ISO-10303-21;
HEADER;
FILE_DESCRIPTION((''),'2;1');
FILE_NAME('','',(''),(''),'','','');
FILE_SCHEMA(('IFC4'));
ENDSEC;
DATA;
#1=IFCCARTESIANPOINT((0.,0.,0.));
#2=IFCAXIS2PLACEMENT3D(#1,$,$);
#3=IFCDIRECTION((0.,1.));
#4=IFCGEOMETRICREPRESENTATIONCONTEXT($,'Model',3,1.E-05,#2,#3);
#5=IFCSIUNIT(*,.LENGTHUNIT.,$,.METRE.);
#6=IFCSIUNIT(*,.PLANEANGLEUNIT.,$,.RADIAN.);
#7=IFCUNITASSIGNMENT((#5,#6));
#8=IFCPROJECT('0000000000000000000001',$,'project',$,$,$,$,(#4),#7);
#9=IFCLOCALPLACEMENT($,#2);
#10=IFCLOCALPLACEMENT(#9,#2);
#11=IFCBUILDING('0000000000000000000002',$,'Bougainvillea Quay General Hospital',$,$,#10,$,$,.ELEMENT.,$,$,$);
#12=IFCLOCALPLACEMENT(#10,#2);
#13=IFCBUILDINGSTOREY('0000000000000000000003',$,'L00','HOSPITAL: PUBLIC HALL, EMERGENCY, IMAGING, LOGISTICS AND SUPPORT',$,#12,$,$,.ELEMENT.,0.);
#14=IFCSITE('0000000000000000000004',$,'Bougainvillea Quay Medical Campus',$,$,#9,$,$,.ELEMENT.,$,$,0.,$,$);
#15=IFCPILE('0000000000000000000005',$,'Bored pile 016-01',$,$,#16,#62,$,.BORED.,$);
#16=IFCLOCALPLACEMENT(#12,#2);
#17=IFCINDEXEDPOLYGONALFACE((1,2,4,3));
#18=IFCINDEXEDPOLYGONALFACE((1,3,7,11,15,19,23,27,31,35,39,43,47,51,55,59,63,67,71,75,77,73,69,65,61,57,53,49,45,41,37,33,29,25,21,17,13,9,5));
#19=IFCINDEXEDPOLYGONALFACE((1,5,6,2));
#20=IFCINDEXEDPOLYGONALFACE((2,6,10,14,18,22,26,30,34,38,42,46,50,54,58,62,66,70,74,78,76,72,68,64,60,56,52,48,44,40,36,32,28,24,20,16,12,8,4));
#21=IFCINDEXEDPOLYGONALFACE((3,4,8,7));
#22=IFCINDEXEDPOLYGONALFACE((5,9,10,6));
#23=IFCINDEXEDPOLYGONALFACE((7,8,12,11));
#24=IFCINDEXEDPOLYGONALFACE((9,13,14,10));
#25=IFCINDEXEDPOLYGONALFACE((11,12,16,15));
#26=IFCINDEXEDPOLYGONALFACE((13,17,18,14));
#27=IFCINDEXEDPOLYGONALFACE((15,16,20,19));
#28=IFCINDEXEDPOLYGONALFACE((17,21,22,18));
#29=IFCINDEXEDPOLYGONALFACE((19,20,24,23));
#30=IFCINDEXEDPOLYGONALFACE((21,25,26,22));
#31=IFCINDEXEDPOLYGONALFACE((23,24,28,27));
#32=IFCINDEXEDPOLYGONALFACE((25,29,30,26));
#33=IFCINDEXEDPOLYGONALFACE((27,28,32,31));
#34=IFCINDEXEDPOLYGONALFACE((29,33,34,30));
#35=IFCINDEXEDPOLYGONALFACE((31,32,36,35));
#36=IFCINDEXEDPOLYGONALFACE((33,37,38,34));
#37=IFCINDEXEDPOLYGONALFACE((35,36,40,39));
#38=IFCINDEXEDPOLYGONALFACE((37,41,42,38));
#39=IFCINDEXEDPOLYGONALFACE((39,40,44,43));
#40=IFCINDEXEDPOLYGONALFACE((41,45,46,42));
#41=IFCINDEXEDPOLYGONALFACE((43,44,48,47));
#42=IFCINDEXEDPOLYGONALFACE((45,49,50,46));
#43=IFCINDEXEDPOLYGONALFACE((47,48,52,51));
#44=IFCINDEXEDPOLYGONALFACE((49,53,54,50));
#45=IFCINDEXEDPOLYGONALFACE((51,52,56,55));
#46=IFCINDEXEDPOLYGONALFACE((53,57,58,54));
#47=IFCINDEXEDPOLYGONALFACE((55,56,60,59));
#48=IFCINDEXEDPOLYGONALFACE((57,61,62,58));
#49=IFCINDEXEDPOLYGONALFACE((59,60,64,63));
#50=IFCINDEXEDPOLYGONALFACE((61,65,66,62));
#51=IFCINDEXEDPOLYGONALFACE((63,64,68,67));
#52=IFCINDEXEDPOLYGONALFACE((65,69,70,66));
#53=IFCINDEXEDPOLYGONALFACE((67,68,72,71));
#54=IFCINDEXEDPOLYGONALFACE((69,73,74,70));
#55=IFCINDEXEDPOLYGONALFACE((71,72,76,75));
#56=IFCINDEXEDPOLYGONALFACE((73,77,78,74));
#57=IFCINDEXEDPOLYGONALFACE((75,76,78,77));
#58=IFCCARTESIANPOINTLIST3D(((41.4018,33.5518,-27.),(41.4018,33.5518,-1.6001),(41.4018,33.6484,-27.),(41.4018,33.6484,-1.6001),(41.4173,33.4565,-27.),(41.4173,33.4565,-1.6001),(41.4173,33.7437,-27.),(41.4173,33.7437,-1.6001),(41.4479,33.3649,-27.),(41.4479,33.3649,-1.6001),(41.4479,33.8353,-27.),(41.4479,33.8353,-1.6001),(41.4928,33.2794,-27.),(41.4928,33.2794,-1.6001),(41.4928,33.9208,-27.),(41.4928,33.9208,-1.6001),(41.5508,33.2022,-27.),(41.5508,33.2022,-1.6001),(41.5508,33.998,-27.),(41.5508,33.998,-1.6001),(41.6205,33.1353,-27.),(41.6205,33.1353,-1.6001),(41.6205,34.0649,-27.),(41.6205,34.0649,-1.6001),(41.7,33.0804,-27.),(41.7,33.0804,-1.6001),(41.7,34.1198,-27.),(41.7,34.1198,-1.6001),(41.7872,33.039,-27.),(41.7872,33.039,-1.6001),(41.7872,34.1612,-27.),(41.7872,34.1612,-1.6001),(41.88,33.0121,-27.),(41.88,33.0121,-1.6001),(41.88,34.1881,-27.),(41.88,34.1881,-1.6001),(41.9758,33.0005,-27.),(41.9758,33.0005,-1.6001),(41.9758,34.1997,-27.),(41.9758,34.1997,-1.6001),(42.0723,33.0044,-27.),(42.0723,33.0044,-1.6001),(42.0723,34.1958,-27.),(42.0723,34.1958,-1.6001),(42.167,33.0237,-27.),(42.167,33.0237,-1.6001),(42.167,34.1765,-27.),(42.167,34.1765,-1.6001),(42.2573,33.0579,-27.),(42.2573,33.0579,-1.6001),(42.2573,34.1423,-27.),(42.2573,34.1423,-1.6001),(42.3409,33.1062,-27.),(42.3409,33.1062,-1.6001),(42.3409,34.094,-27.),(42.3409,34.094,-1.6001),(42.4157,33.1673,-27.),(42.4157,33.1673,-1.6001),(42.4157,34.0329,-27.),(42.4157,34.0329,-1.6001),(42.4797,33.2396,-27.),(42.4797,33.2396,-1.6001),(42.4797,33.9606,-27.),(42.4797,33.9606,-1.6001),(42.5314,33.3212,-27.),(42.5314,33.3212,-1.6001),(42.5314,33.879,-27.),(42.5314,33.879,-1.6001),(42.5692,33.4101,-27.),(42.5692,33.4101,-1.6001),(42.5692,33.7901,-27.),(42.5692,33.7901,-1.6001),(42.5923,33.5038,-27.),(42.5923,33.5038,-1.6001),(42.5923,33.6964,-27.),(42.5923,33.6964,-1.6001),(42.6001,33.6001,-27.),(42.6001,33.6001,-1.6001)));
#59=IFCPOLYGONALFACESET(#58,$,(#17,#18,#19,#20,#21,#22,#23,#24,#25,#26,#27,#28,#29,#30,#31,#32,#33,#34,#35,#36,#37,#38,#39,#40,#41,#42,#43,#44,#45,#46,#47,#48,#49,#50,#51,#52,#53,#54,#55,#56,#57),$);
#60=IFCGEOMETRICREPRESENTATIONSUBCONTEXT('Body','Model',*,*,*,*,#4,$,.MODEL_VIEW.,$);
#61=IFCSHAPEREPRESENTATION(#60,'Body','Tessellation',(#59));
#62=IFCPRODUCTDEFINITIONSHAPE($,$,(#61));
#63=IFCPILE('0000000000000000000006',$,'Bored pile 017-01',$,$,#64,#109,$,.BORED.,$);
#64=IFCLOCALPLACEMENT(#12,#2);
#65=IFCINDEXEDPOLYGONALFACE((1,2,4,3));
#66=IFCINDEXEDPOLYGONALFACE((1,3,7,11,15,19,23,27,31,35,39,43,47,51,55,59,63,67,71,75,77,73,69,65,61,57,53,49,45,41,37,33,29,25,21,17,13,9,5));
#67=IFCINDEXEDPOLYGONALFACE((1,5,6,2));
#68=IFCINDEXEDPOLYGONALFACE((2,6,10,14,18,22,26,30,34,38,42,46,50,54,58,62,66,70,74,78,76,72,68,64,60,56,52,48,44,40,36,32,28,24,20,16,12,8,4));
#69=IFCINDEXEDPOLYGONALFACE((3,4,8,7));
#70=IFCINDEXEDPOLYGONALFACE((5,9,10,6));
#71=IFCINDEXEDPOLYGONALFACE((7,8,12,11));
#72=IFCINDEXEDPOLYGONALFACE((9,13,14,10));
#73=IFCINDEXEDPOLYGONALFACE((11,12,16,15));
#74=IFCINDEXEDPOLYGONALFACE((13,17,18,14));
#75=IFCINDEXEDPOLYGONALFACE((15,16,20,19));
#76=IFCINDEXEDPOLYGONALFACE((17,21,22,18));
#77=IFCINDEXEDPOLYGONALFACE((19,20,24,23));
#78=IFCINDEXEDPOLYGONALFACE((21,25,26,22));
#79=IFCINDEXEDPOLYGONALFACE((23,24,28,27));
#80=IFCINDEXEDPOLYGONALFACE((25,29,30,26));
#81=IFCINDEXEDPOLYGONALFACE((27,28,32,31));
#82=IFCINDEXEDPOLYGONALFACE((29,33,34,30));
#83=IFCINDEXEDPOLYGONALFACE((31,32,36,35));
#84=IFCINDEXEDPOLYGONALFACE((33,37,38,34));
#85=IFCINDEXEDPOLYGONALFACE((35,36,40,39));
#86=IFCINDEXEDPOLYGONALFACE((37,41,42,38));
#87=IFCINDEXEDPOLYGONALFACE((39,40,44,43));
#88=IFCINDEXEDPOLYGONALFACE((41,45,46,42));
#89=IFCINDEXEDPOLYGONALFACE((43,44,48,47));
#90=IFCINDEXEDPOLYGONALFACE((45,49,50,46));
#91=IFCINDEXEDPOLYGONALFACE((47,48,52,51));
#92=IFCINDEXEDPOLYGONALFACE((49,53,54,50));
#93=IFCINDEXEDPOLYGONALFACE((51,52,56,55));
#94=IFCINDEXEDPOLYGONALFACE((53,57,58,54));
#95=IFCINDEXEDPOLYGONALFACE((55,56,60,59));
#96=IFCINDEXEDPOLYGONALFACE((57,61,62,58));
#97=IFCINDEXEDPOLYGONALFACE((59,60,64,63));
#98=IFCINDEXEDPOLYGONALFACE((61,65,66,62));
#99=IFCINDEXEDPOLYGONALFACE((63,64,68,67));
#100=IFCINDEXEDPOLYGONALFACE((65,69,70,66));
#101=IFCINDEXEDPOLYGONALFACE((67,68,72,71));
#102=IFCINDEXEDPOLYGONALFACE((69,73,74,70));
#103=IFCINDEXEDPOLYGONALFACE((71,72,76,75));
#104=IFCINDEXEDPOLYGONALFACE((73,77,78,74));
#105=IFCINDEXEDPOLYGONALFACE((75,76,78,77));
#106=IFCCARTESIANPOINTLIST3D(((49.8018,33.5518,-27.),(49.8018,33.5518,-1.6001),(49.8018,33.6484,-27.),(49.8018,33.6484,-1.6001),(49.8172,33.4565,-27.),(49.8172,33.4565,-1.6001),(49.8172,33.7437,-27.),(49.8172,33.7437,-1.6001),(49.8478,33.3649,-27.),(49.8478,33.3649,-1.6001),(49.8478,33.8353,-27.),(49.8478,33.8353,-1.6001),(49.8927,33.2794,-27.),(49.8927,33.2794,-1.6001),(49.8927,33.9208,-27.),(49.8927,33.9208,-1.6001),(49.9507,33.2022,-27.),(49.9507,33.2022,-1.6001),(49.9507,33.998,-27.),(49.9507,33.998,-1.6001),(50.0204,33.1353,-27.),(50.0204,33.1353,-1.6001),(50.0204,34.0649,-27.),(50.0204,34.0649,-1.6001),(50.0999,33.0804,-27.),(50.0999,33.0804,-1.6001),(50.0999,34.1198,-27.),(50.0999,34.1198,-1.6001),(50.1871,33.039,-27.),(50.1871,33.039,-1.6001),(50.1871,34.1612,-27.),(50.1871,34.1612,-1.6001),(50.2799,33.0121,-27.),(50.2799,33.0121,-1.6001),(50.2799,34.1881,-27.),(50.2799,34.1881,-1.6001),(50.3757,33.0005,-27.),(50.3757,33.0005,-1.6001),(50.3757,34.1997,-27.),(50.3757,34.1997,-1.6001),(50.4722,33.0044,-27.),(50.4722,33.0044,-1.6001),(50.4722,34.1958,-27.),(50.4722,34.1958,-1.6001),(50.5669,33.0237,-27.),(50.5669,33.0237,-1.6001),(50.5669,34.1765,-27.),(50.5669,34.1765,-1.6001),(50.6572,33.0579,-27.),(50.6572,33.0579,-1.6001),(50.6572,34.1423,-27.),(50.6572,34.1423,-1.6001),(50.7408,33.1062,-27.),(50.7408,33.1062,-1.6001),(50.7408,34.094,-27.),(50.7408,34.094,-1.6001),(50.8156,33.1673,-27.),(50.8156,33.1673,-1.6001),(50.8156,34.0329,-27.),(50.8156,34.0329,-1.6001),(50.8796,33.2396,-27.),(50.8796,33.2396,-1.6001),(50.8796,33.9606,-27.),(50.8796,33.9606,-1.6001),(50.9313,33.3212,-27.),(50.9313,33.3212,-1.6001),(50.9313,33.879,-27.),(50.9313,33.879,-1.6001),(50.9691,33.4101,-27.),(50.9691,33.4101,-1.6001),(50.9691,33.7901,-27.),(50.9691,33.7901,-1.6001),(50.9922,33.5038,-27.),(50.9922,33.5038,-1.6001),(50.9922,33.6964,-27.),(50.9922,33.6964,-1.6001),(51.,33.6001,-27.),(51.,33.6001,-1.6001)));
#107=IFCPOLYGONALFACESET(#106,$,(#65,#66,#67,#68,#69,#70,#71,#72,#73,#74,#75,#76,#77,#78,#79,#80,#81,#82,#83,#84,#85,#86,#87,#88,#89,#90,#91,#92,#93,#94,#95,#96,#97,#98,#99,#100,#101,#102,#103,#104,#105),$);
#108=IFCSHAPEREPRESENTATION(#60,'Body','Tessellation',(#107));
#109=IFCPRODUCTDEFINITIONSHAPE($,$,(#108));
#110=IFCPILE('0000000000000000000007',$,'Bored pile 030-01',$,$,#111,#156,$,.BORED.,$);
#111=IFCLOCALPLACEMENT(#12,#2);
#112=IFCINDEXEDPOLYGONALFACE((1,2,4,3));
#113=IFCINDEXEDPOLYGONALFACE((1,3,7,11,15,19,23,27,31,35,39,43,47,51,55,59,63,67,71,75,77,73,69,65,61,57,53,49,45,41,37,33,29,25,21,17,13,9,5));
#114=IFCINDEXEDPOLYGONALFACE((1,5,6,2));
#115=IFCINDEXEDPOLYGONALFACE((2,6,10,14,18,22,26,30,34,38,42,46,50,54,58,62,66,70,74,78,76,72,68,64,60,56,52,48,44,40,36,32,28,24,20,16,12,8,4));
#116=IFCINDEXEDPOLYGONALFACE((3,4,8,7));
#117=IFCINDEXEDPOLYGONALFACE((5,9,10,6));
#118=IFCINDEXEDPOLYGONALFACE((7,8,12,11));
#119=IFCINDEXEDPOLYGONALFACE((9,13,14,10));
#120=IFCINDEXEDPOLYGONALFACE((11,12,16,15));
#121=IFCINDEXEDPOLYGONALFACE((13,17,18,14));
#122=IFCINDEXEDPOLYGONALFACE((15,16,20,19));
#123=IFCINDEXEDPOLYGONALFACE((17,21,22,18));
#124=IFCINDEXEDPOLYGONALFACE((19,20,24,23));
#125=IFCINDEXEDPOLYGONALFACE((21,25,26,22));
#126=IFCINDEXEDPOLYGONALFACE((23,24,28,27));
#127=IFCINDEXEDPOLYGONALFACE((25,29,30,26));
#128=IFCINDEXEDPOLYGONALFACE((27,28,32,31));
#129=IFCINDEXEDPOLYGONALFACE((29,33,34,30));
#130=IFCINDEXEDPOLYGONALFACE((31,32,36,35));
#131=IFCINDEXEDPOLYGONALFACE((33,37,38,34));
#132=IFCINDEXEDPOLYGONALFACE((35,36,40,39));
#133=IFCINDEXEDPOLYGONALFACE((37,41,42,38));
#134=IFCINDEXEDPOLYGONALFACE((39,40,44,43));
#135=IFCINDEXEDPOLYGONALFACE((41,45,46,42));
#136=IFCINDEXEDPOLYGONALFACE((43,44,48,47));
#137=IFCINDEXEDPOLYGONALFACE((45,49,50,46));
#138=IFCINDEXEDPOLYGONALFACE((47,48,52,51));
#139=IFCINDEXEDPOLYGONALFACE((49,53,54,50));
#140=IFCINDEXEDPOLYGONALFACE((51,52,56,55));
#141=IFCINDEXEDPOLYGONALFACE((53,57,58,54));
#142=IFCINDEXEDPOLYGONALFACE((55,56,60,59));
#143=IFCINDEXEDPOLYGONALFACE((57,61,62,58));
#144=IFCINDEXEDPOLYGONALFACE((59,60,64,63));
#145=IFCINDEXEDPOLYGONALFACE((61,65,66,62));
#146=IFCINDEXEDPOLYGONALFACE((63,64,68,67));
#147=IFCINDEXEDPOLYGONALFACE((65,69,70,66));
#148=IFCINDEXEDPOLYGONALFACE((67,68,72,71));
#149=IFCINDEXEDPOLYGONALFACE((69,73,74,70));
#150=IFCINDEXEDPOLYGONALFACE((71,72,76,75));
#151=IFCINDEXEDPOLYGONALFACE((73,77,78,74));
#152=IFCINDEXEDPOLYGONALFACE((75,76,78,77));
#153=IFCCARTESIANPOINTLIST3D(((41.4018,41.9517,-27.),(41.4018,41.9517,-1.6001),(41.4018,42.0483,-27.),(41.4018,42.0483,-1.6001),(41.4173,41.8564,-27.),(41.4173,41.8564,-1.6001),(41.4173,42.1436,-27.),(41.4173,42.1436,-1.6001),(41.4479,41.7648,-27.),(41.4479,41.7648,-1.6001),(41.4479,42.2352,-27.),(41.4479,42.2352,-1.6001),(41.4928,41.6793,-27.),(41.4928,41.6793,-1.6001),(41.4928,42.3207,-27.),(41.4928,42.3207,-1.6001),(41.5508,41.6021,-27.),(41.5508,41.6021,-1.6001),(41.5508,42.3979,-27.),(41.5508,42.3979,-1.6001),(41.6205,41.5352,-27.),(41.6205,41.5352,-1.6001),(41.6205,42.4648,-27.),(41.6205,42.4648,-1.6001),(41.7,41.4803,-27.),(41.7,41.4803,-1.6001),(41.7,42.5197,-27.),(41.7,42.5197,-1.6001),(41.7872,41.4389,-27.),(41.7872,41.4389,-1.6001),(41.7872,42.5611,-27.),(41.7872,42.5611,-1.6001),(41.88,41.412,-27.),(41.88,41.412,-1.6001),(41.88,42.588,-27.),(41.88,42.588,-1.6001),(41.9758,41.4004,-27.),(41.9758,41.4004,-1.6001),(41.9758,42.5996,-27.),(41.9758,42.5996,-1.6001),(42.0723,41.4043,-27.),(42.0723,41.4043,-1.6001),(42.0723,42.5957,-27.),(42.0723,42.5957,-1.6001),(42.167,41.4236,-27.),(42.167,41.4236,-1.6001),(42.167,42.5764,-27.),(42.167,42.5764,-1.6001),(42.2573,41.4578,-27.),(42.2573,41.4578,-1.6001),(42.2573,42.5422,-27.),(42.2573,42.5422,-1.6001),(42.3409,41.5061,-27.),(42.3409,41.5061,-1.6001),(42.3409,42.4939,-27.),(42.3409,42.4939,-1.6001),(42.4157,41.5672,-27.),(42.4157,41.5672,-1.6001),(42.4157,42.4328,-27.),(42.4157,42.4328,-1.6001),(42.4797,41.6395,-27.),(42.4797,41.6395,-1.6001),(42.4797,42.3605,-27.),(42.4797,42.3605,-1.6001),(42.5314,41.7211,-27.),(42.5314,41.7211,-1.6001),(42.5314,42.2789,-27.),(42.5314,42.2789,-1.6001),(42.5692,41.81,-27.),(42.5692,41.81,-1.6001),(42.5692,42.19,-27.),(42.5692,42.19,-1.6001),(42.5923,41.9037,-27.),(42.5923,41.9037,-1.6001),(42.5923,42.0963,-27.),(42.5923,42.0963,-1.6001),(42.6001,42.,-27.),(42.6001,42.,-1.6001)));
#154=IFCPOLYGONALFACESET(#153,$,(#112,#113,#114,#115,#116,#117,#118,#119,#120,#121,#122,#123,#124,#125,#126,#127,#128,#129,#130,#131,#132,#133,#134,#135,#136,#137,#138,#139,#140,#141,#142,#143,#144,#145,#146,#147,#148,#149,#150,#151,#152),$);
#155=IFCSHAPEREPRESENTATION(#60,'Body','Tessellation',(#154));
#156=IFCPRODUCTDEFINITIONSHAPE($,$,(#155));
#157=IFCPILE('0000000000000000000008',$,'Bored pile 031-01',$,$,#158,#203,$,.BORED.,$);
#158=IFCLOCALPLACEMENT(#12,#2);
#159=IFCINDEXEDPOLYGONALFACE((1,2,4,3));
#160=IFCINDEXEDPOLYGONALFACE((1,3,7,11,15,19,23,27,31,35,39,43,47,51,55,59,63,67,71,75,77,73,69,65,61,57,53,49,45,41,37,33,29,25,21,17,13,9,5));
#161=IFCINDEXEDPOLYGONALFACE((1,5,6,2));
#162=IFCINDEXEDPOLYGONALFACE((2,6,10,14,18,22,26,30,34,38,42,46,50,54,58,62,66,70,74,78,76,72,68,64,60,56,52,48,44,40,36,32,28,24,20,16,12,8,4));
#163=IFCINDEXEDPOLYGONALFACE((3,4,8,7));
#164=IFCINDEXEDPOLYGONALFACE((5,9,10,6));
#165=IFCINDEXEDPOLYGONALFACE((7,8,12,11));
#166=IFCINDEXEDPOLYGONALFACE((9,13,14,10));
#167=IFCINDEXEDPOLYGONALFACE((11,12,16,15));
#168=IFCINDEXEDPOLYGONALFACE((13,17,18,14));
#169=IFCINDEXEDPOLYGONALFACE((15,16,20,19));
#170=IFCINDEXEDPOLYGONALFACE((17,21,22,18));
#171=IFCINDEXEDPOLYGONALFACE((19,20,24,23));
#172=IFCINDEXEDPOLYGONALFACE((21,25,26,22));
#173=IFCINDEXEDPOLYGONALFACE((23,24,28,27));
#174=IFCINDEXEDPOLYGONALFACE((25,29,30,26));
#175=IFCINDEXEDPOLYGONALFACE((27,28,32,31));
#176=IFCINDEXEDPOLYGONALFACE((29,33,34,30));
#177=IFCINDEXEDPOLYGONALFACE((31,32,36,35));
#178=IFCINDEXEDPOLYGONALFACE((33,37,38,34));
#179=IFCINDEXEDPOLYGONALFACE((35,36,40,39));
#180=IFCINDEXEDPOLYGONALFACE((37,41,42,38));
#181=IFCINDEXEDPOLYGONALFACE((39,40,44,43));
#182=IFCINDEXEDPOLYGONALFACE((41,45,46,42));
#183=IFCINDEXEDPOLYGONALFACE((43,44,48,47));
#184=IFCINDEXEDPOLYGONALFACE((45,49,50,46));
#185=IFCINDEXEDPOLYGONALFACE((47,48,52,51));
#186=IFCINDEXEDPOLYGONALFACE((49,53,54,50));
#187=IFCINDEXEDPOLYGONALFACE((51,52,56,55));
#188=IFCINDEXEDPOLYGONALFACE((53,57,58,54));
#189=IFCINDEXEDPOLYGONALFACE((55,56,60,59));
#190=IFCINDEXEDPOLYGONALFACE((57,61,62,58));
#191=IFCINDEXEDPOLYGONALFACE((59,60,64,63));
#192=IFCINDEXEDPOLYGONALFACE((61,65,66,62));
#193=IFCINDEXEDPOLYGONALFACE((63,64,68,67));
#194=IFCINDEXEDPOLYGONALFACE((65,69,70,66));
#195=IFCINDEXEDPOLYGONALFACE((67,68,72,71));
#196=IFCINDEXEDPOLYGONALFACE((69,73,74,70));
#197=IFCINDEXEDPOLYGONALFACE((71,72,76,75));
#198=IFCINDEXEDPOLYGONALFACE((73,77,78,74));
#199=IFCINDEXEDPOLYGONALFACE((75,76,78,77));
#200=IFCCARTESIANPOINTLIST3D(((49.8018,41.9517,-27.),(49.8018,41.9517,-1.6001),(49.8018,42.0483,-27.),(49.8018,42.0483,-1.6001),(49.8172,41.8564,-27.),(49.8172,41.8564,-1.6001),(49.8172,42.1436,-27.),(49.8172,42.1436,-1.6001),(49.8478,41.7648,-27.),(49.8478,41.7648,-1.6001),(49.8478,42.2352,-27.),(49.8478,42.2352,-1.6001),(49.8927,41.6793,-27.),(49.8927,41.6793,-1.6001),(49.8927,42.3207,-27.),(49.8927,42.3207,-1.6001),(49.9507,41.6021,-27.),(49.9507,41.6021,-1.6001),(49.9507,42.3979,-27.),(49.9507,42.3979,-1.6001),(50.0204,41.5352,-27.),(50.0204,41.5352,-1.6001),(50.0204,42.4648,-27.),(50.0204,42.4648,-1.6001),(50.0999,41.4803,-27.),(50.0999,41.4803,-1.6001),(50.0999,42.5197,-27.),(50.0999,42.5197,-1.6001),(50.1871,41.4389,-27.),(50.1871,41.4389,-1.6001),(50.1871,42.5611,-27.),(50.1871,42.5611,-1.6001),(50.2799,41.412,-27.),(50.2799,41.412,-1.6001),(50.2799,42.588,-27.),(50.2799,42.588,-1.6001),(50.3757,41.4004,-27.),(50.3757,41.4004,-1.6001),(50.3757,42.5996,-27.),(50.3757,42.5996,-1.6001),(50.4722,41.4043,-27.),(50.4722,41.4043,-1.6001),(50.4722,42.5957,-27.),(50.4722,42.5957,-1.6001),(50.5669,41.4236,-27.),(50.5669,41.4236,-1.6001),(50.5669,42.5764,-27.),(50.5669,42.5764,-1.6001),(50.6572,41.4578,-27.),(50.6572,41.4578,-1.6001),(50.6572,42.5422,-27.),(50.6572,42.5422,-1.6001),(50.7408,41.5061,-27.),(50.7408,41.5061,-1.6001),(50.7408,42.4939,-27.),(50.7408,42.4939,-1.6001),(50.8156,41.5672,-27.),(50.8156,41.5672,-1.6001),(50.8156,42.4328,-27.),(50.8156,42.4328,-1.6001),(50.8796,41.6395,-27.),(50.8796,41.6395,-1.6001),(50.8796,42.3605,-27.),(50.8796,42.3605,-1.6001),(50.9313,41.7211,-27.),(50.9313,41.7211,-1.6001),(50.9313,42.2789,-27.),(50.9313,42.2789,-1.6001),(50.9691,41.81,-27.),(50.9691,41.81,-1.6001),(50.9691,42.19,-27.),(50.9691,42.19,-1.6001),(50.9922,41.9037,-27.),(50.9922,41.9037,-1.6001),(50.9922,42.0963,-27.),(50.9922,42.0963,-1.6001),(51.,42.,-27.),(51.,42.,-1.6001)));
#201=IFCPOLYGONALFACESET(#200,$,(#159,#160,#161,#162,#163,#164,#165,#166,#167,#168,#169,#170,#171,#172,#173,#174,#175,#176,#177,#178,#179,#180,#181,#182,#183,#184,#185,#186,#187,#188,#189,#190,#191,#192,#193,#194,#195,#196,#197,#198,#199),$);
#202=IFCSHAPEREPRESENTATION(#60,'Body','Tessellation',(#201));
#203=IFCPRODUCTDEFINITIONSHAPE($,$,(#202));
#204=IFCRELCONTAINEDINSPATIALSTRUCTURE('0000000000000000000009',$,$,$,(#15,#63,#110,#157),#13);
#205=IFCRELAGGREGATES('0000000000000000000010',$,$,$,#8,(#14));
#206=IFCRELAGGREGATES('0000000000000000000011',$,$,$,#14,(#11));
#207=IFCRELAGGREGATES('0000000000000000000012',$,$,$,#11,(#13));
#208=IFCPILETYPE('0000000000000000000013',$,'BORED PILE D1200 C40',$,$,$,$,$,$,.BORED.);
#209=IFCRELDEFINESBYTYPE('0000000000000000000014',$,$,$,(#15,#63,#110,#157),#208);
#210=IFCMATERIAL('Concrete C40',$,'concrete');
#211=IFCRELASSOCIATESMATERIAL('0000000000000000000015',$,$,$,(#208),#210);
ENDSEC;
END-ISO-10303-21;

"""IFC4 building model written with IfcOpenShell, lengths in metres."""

from ifc_helpers import new_model, si_unit, direction, frame, origin, origin_2d, place, context, subcontext, project, spatial, circle, extrude, material, material_profile, profile_set, type_object, element, save


model = new_model("IFC4")

# Units and contexts
model_context = context("Model", 3, precision=1e-05, world=origin(), true_north=direction((0.0, 1.0)))
body_context = subcontext(model_context, "Body", "Model", "MODEL_VIEW")
ifc_project = project(units=[si_unit("LENGTHUNIT", "METRE"), si_unit("PLANEANGLEUNIT", "RADIAN")], contexts=[model_context])

# Site, building, storey
site_placement = place(None, origin())
site = spatial("IfcSite", under=ifc_project, at=site_placement, Name="Bougainvillea Quay Medical Campus", CompositionType="ELEMENT", RefElevation=0.0)
building_placement = place(site_placement, origin())
building = spatial("IfcBuilding", under=site, at=building_placement, Name="Bougainvillea Quay General Hospital", CompositionType="ELEMENT")
storey_placement = place(building_placement, origin())
storey = spatial("IfcBuildingStorey", under=building, at=storey_placement, Name="L00", Description="HOSPITAL: PUBLIC HALL, EMERGENCY, IMAGING, LOGISTICS AND SUPPORT", CompositionType="ELEMENT", Elevation=0.0)

# Piles
ifc_material_1 = material(Name="Concrete C40", Category="concrete")
ifc_material_profile_1 = material_profile(ifc_material_1, circle(Radius=0.6001, at=origin_2d()))
ifc_profile_set_1 = profile_set([ifc_material_profile_1], Name="Concrete C40")
pile_type = type_object("IfcPileType", Name="BORED PILE D1200 C40", PredefinedType="BORED", material=ifc_profile_set_1)
for number, where, z_axis, x_axis, name in (
    (1, (42.0, 33.6001, -1.6001), (0.0, 0.0, -1.0), (1.0, 0.0, 0.0), "Bored pile 016-01"),
    (2, (50.3999, 33.6001, -1.6001), (0.0, 0.0, -1.0), (1.0, 0.0, 0.0), "Bored pile 017-01"),
    (3, (42.0, 42.0, -1.6001), (0.0, 0.0, -1.0), (1.0, 0.0, 0.0), "Bored pile 030-01"),
    (4, (50.3999, 42.0, -1.6001), (0.0, 0.0, -1.0), (1.0, 0.0, 0.0), "Bored pile 031-01"),
):
    element("IfcPile", number, at=place(storey_placement, frame(where, z_axis=z_axis, x_axis=x_axis)), inside=storey, type_object=pile_type, Name=name, PredefinedType="BORED", context=body_context, shape_type="SweptSolid", body=[
        extrude(circle(Radius=0.6001, at=origin_2d()), origin(), (0.0, 0.0, 1.0), 25.3999),
    ])

save(model, "model.ifc")
